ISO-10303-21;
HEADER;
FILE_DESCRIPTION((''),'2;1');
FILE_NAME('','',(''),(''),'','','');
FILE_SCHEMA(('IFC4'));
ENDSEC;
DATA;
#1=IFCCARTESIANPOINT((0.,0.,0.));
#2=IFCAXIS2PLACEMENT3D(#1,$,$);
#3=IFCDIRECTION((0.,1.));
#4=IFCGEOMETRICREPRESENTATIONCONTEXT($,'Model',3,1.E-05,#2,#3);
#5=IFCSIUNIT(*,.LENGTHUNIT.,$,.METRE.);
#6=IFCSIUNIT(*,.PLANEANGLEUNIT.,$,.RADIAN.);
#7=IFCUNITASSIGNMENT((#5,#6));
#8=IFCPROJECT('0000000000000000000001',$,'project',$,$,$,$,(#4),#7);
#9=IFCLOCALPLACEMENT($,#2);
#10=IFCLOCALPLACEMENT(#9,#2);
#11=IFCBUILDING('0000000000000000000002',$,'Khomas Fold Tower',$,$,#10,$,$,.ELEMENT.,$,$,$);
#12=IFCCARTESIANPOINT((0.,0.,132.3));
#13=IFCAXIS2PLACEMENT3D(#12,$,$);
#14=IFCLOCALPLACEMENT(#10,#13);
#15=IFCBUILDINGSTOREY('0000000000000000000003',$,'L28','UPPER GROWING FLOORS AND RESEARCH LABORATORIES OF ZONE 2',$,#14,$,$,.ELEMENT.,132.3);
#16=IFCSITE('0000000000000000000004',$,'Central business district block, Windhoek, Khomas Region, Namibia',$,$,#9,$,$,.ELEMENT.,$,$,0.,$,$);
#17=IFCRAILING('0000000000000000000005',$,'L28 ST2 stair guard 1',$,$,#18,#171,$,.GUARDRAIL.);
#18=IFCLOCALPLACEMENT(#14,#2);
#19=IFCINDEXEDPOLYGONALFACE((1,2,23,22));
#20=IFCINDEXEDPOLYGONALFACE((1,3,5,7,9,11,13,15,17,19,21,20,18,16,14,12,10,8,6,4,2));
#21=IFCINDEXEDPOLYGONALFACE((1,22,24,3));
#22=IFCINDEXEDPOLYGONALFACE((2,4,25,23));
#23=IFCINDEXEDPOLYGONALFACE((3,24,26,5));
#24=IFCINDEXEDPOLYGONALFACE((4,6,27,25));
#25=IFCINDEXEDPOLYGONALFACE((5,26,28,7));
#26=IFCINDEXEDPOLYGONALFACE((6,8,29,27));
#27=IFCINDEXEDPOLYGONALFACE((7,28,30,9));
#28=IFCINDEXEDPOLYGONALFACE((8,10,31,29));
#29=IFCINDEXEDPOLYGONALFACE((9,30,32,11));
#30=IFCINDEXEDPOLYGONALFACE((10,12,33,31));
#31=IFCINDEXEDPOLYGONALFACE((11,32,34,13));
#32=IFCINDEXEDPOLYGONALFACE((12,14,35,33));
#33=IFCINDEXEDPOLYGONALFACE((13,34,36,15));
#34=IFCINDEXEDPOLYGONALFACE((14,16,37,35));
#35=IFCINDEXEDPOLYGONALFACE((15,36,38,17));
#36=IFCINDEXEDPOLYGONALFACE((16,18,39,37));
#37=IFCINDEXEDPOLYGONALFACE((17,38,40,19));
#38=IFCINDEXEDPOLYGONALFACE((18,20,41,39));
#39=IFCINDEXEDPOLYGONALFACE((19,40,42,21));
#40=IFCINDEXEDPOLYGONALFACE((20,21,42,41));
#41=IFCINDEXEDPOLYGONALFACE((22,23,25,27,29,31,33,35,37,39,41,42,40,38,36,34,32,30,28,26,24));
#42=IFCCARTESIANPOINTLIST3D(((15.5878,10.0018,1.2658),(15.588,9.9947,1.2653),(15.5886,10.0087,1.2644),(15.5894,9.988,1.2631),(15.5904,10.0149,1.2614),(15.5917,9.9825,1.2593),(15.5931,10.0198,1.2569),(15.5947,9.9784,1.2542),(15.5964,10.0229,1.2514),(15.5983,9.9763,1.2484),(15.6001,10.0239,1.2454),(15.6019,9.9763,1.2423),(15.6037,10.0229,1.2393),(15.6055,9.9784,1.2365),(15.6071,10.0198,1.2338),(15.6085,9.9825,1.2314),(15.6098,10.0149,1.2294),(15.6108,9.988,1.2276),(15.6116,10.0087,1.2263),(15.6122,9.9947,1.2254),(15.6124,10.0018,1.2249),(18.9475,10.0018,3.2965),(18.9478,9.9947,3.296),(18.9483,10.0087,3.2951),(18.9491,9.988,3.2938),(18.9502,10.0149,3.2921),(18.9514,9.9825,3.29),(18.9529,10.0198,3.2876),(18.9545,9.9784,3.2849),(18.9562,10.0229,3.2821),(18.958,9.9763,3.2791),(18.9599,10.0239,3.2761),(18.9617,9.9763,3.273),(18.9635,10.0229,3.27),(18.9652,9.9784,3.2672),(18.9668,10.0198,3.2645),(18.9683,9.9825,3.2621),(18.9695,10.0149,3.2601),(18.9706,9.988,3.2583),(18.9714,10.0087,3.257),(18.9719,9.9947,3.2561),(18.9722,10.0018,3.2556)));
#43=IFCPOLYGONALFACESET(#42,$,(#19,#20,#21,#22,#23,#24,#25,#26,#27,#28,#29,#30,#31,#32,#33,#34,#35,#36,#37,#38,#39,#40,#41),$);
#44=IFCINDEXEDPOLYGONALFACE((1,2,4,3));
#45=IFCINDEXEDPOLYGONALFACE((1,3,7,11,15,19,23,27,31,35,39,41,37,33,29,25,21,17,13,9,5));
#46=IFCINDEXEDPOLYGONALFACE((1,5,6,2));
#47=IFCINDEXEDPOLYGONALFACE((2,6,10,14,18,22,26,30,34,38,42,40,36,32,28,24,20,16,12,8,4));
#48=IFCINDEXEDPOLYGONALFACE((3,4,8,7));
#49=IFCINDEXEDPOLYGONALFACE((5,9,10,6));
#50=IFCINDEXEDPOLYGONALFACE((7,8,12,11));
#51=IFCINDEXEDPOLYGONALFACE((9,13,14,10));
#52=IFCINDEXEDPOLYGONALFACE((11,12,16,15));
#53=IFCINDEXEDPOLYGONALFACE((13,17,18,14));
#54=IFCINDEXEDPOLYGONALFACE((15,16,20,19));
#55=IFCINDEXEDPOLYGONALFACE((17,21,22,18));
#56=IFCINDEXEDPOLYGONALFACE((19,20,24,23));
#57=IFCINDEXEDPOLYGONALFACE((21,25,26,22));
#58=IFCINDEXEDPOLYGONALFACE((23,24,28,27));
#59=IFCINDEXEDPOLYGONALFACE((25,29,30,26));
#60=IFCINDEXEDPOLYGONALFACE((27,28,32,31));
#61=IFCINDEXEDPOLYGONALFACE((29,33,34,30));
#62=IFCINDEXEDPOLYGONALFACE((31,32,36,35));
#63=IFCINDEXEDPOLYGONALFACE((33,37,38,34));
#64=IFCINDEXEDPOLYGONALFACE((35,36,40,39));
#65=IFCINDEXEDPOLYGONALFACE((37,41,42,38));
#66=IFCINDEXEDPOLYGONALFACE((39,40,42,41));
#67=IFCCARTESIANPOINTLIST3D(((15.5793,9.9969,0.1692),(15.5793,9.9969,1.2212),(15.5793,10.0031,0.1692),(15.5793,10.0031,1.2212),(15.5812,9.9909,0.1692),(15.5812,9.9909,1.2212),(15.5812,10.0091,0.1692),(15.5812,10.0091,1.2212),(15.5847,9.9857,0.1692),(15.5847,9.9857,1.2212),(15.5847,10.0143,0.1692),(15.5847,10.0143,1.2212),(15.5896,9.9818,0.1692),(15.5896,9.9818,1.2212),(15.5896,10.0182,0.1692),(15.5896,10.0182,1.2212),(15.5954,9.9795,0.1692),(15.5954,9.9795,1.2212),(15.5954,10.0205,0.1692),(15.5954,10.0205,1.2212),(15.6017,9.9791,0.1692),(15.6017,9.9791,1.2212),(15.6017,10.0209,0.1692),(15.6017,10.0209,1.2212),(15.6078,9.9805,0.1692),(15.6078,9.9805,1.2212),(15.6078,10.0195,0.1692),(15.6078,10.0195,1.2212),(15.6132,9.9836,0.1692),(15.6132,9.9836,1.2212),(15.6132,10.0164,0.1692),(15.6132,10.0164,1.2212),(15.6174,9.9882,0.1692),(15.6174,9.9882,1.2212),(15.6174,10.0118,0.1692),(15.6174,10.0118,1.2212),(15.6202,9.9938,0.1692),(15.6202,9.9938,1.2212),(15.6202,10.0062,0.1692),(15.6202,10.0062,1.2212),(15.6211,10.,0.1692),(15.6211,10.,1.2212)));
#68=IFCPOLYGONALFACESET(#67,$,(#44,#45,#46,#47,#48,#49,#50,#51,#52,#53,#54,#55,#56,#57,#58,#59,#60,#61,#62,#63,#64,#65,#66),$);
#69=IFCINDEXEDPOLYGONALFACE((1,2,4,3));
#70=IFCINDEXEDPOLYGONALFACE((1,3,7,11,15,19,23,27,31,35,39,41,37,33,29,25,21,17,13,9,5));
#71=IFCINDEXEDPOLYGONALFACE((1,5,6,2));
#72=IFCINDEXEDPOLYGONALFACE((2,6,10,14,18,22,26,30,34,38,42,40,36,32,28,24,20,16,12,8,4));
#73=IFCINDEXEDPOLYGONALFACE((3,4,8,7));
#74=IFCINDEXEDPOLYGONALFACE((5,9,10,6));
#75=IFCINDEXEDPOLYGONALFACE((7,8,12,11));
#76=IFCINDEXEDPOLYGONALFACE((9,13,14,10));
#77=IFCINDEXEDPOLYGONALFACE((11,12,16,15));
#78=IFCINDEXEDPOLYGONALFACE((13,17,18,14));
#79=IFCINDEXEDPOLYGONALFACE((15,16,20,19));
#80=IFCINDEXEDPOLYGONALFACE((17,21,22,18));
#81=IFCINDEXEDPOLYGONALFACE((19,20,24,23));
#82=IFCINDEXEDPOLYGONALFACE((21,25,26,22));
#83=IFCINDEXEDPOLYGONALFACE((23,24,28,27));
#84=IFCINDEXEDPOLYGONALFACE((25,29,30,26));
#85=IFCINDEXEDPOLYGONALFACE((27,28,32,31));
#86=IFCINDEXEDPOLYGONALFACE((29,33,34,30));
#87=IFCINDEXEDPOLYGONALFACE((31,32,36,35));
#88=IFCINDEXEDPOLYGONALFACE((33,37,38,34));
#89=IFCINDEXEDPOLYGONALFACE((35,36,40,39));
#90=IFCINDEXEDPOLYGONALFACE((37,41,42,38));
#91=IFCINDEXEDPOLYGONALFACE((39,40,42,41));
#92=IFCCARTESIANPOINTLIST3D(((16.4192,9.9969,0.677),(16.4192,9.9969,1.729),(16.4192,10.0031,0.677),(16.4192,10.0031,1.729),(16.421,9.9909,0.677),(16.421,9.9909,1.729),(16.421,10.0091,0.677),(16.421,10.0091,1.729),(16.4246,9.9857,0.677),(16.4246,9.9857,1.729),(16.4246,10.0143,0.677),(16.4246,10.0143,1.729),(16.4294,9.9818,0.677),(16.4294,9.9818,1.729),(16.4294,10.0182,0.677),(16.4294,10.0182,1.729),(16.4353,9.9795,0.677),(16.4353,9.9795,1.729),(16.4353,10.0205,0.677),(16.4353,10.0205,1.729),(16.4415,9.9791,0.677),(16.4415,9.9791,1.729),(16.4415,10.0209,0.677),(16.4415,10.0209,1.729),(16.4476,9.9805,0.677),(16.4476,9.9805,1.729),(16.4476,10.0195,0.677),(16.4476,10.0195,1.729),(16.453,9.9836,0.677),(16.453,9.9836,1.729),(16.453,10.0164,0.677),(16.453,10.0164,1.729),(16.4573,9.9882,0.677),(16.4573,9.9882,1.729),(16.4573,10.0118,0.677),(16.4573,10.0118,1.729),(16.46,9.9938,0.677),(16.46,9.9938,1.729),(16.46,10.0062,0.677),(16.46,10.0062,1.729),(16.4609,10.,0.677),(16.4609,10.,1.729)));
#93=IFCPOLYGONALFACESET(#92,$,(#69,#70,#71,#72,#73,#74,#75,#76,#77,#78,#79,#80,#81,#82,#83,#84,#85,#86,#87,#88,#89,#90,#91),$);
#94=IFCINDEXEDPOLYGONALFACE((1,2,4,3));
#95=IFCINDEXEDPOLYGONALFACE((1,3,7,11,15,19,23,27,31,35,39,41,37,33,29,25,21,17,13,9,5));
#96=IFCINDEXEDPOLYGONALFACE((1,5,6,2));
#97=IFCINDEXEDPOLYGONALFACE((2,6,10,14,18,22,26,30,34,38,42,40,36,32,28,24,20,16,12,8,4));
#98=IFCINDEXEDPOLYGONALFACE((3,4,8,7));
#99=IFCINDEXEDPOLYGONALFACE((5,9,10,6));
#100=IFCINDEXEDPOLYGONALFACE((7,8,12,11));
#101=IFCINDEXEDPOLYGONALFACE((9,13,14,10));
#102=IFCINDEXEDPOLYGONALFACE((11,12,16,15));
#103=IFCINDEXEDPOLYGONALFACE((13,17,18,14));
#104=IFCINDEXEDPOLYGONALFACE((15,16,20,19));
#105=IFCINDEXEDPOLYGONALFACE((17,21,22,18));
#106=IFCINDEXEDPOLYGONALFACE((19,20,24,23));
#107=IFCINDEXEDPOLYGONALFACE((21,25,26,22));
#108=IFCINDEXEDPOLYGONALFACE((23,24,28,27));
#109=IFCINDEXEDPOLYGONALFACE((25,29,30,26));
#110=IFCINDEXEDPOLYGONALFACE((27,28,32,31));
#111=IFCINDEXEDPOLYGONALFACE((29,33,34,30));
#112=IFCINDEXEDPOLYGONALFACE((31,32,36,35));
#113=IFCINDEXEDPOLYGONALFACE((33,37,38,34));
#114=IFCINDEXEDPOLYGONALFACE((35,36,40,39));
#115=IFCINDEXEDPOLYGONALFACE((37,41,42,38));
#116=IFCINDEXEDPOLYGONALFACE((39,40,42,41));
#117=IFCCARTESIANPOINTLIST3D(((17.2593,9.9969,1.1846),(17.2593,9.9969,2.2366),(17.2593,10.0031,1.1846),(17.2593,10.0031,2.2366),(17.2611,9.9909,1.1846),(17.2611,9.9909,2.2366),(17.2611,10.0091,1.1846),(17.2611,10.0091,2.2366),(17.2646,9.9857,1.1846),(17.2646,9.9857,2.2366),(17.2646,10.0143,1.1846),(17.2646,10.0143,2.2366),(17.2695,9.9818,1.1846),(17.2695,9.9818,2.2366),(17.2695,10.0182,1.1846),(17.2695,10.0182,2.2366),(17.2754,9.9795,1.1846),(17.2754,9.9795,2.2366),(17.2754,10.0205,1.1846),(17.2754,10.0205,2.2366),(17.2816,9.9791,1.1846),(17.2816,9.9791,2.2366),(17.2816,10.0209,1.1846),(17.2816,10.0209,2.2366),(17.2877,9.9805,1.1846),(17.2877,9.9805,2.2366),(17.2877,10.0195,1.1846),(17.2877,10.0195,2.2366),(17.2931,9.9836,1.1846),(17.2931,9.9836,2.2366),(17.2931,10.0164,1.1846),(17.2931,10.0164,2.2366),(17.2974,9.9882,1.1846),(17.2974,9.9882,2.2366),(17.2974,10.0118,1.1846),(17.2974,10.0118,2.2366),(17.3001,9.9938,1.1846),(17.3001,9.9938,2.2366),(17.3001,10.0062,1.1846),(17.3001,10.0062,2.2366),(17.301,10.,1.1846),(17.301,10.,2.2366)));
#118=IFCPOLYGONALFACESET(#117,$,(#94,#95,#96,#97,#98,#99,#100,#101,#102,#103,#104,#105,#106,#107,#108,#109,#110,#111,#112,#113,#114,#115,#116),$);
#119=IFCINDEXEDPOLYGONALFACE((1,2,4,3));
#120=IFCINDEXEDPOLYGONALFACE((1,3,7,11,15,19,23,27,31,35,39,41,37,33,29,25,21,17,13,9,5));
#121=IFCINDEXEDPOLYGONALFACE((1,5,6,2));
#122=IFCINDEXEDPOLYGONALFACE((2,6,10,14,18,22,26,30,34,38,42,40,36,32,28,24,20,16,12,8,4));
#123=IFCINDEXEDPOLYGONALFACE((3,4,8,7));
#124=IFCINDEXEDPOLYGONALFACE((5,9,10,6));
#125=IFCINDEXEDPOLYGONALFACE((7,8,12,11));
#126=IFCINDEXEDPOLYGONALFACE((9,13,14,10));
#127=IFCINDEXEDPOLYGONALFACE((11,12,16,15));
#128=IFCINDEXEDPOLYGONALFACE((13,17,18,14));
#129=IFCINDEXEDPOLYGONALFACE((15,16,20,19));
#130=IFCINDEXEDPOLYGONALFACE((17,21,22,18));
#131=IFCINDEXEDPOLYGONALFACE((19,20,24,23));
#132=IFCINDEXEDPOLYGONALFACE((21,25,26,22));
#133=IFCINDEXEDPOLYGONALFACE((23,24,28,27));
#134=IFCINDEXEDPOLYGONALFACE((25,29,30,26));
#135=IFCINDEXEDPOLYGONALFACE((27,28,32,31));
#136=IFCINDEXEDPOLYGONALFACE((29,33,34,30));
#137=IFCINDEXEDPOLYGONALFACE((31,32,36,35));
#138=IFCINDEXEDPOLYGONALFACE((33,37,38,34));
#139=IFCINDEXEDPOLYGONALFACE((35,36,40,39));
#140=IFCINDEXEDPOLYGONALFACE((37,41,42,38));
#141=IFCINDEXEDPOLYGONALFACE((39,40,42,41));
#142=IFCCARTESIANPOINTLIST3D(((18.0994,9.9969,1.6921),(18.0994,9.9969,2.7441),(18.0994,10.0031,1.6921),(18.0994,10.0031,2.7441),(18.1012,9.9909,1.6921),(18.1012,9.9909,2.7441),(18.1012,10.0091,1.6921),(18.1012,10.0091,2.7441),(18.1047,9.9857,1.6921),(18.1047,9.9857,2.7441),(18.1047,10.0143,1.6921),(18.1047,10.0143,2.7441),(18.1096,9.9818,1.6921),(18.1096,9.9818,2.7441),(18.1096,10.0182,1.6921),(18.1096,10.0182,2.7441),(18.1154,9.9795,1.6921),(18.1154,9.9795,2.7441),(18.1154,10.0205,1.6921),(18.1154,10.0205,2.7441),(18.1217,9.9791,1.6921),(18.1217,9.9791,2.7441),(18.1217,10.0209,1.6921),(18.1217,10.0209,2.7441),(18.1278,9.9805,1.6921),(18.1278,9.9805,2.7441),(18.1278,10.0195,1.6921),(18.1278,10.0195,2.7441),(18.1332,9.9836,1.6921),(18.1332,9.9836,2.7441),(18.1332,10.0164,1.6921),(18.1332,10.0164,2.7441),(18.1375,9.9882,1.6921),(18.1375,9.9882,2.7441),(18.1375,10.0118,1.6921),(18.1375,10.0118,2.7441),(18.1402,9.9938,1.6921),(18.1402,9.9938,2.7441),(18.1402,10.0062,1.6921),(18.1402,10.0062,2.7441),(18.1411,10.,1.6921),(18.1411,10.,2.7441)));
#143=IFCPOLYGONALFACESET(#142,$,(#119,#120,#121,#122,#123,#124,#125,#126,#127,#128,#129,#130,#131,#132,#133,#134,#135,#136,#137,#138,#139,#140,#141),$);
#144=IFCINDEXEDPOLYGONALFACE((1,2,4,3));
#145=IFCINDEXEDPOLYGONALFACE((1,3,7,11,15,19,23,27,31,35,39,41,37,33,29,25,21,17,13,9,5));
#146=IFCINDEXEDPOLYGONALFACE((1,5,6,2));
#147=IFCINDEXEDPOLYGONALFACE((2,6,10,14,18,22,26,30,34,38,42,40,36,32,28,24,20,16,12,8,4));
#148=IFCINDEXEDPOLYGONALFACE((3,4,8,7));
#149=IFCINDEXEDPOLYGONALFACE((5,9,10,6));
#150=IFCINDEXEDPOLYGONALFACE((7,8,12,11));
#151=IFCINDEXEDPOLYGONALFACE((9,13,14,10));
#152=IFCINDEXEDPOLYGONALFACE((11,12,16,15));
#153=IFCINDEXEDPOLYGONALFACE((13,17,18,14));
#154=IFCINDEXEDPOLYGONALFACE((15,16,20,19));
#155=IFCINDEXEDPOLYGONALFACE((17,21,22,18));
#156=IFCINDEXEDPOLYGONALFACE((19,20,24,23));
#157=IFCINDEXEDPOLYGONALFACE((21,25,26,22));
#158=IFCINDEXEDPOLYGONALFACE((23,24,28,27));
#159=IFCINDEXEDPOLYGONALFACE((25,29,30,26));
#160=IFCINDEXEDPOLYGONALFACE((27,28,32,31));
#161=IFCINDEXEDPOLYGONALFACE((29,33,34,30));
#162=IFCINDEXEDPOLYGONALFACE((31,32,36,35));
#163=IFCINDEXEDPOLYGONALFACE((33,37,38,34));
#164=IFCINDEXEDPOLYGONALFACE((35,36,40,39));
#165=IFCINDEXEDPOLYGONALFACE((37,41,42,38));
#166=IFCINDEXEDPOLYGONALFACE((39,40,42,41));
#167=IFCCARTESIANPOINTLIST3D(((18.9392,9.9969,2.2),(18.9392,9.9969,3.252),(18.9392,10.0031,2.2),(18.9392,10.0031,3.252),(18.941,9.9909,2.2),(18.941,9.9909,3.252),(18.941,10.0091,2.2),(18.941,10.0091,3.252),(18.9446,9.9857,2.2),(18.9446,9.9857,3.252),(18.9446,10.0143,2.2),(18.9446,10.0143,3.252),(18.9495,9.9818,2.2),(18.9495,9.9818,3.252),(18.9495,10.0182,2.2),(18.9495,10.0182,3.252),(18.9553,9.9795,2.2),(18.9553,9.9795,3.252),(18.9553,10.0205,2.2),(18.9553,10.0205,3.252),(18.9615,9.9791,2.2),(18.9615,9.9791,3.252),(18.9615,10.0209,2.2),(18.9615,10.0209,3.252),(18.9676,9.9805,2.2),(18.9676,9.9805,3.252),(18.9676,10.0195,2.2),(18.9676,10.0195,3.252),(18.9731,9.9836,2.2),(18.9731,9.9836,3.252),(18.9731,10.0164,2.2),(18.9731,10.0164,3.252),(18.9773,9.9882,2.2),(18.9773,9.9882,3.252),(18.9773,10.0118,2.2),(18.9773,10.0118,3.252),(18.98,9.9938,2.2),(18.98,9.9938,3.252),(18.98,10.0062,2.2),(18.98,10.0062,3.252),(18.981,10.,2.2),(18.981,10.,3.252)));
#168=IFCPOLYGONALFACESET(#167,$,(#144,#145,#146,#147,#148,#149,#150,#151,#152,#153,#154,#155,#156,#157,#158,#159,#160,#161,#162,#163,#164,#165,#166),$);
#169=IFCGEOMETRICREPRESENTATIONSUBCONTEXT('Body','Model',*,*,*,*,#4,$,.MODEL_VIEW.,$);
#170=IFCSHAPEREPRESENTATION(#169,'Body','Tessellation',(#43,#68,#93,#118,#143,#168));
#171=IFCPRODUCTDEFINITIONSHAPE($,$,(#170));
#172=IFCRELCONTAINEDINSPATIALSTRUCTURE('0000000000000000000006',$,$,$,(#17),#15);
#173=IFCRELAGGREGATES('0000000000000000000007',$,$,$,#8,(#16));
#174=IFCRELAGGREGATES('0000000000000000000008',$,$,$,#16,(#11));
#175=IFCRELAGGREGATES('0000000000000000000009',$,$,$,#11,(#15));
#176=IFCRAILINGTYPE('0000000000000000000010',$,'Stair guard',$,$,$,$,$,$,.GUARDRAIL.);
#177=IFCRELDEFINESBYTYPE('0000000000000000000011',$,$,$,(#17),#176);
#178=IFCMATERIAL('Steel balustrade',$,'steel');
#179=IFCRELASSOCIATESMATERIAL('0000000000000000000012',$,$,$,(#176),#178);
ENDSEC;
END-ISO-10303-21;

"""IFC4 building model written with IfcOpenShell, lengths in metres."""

from ifc_helpers import new_model, si_unit, direction, frame, origin, origin_2d, place, context, subcontext, project, spatial, circle, extrude, source, transform, mapped, material, type_object, element, save


model = new_model("IFC4")

# Units and contexts
model_context = context("Model", 3, precision=1e-05, world=origin(), true_north=direction((0.0, 1.0)))
body_context = subcontext(model_context, "Body", "Model", "MODEL_VIEW")
ifc_project = project(units=[si_unit("LENGTHUNIT", "METRE"), si_unit("PLANEANGLEUNIT", "RADIAN")], contexts=[model_context])

# Site, building, storey
site_placement = place(None, origin())
site = spatial("IfcSite", under=ifc_project, at=site_placement, Name="Central business district block, Windhoek, Khomas Region, Namibia", CompositionType="ELEMENT", RefElevation=0.0)
building_placement = place(site_placement, origin())
building = spatial("IfcBuilding", under=site, at=building_placement, Name="Khomas Fold Tower", CompositionType="ELEMENT")
storey_placement = place(building_placement, frame((0.0, 0.0, 132.3)))
storey = spatial("IfcBuildingStorey", under=building, at=storey_placement, Name="L28", Description="UPPER GROWING FLOORS AND RESEARCH LABORATORIES OF ZONE 2", CompositionType="ELEMENT", Elevation=132.3)

# Railing
ifc_material_1 = material(Name="Steel balustrade", Category="steel")
railing_type_1 = type_object("IfcRailingType", Name="Stair guard", PredefinedType="GUARDRAIL", material=ifc_material_1)
shared_shape_1 = source(origin(), body_context, "Body", "SweptSolid", [
    extrude(circle(Radius=0.0239, at=origin_2d()), frame((0.0, 0.0, 1.0762), z_axis=(0.85582, 0.0, 0.517273), x_axis=(0.0, 1.0, 0.0)), (0.0, 0.0, 1.0), 3.9258),
    extrude(circle(Radius=0.021, at=origin_2d()), origin(), (0.0, 0.0, 1.0), 1.052),
    extrude(circle(Radius=0.021, at=origin_2d()), frame((0.8398, 0.0, 0.5078)), (0.0, 0.0, 1.0), 1.052),
    extrude(circle(Radius=0.021, at=origin_2d()), frame((1.6799, 0.0, 1.0154)), (0.0, 0.0, 1.0), 1.052),
    extrude(circle(Radius=0.021, at=origin_2d()), frame((2.52, 0.0, 1.5229)), (0.0, 0.0, 1.0), 1.052),
    extrude(circle(Radius=0.021, at=origin_2d()), frame((3.3599, 0.0, 2.0308)), (0.0, 0.0, 1.0), 1.052),
])
railing_1_placement = place(storey_placement, frame((15.6001, 10.0, 0.1692)))
element("IfcRailing", 1, at=railing_1_placement, inside=storey, type_object=railing_type_1, Name="L28 ST2 stair guard 1", PredefinedType="GUARDRAIL", context=body_context, shape_type="MappedRepresentation", body=[
    mapped(shared_shape_1, transform((0.0, 0.0, 0.0))),
])

save(model, "model.ifc")
